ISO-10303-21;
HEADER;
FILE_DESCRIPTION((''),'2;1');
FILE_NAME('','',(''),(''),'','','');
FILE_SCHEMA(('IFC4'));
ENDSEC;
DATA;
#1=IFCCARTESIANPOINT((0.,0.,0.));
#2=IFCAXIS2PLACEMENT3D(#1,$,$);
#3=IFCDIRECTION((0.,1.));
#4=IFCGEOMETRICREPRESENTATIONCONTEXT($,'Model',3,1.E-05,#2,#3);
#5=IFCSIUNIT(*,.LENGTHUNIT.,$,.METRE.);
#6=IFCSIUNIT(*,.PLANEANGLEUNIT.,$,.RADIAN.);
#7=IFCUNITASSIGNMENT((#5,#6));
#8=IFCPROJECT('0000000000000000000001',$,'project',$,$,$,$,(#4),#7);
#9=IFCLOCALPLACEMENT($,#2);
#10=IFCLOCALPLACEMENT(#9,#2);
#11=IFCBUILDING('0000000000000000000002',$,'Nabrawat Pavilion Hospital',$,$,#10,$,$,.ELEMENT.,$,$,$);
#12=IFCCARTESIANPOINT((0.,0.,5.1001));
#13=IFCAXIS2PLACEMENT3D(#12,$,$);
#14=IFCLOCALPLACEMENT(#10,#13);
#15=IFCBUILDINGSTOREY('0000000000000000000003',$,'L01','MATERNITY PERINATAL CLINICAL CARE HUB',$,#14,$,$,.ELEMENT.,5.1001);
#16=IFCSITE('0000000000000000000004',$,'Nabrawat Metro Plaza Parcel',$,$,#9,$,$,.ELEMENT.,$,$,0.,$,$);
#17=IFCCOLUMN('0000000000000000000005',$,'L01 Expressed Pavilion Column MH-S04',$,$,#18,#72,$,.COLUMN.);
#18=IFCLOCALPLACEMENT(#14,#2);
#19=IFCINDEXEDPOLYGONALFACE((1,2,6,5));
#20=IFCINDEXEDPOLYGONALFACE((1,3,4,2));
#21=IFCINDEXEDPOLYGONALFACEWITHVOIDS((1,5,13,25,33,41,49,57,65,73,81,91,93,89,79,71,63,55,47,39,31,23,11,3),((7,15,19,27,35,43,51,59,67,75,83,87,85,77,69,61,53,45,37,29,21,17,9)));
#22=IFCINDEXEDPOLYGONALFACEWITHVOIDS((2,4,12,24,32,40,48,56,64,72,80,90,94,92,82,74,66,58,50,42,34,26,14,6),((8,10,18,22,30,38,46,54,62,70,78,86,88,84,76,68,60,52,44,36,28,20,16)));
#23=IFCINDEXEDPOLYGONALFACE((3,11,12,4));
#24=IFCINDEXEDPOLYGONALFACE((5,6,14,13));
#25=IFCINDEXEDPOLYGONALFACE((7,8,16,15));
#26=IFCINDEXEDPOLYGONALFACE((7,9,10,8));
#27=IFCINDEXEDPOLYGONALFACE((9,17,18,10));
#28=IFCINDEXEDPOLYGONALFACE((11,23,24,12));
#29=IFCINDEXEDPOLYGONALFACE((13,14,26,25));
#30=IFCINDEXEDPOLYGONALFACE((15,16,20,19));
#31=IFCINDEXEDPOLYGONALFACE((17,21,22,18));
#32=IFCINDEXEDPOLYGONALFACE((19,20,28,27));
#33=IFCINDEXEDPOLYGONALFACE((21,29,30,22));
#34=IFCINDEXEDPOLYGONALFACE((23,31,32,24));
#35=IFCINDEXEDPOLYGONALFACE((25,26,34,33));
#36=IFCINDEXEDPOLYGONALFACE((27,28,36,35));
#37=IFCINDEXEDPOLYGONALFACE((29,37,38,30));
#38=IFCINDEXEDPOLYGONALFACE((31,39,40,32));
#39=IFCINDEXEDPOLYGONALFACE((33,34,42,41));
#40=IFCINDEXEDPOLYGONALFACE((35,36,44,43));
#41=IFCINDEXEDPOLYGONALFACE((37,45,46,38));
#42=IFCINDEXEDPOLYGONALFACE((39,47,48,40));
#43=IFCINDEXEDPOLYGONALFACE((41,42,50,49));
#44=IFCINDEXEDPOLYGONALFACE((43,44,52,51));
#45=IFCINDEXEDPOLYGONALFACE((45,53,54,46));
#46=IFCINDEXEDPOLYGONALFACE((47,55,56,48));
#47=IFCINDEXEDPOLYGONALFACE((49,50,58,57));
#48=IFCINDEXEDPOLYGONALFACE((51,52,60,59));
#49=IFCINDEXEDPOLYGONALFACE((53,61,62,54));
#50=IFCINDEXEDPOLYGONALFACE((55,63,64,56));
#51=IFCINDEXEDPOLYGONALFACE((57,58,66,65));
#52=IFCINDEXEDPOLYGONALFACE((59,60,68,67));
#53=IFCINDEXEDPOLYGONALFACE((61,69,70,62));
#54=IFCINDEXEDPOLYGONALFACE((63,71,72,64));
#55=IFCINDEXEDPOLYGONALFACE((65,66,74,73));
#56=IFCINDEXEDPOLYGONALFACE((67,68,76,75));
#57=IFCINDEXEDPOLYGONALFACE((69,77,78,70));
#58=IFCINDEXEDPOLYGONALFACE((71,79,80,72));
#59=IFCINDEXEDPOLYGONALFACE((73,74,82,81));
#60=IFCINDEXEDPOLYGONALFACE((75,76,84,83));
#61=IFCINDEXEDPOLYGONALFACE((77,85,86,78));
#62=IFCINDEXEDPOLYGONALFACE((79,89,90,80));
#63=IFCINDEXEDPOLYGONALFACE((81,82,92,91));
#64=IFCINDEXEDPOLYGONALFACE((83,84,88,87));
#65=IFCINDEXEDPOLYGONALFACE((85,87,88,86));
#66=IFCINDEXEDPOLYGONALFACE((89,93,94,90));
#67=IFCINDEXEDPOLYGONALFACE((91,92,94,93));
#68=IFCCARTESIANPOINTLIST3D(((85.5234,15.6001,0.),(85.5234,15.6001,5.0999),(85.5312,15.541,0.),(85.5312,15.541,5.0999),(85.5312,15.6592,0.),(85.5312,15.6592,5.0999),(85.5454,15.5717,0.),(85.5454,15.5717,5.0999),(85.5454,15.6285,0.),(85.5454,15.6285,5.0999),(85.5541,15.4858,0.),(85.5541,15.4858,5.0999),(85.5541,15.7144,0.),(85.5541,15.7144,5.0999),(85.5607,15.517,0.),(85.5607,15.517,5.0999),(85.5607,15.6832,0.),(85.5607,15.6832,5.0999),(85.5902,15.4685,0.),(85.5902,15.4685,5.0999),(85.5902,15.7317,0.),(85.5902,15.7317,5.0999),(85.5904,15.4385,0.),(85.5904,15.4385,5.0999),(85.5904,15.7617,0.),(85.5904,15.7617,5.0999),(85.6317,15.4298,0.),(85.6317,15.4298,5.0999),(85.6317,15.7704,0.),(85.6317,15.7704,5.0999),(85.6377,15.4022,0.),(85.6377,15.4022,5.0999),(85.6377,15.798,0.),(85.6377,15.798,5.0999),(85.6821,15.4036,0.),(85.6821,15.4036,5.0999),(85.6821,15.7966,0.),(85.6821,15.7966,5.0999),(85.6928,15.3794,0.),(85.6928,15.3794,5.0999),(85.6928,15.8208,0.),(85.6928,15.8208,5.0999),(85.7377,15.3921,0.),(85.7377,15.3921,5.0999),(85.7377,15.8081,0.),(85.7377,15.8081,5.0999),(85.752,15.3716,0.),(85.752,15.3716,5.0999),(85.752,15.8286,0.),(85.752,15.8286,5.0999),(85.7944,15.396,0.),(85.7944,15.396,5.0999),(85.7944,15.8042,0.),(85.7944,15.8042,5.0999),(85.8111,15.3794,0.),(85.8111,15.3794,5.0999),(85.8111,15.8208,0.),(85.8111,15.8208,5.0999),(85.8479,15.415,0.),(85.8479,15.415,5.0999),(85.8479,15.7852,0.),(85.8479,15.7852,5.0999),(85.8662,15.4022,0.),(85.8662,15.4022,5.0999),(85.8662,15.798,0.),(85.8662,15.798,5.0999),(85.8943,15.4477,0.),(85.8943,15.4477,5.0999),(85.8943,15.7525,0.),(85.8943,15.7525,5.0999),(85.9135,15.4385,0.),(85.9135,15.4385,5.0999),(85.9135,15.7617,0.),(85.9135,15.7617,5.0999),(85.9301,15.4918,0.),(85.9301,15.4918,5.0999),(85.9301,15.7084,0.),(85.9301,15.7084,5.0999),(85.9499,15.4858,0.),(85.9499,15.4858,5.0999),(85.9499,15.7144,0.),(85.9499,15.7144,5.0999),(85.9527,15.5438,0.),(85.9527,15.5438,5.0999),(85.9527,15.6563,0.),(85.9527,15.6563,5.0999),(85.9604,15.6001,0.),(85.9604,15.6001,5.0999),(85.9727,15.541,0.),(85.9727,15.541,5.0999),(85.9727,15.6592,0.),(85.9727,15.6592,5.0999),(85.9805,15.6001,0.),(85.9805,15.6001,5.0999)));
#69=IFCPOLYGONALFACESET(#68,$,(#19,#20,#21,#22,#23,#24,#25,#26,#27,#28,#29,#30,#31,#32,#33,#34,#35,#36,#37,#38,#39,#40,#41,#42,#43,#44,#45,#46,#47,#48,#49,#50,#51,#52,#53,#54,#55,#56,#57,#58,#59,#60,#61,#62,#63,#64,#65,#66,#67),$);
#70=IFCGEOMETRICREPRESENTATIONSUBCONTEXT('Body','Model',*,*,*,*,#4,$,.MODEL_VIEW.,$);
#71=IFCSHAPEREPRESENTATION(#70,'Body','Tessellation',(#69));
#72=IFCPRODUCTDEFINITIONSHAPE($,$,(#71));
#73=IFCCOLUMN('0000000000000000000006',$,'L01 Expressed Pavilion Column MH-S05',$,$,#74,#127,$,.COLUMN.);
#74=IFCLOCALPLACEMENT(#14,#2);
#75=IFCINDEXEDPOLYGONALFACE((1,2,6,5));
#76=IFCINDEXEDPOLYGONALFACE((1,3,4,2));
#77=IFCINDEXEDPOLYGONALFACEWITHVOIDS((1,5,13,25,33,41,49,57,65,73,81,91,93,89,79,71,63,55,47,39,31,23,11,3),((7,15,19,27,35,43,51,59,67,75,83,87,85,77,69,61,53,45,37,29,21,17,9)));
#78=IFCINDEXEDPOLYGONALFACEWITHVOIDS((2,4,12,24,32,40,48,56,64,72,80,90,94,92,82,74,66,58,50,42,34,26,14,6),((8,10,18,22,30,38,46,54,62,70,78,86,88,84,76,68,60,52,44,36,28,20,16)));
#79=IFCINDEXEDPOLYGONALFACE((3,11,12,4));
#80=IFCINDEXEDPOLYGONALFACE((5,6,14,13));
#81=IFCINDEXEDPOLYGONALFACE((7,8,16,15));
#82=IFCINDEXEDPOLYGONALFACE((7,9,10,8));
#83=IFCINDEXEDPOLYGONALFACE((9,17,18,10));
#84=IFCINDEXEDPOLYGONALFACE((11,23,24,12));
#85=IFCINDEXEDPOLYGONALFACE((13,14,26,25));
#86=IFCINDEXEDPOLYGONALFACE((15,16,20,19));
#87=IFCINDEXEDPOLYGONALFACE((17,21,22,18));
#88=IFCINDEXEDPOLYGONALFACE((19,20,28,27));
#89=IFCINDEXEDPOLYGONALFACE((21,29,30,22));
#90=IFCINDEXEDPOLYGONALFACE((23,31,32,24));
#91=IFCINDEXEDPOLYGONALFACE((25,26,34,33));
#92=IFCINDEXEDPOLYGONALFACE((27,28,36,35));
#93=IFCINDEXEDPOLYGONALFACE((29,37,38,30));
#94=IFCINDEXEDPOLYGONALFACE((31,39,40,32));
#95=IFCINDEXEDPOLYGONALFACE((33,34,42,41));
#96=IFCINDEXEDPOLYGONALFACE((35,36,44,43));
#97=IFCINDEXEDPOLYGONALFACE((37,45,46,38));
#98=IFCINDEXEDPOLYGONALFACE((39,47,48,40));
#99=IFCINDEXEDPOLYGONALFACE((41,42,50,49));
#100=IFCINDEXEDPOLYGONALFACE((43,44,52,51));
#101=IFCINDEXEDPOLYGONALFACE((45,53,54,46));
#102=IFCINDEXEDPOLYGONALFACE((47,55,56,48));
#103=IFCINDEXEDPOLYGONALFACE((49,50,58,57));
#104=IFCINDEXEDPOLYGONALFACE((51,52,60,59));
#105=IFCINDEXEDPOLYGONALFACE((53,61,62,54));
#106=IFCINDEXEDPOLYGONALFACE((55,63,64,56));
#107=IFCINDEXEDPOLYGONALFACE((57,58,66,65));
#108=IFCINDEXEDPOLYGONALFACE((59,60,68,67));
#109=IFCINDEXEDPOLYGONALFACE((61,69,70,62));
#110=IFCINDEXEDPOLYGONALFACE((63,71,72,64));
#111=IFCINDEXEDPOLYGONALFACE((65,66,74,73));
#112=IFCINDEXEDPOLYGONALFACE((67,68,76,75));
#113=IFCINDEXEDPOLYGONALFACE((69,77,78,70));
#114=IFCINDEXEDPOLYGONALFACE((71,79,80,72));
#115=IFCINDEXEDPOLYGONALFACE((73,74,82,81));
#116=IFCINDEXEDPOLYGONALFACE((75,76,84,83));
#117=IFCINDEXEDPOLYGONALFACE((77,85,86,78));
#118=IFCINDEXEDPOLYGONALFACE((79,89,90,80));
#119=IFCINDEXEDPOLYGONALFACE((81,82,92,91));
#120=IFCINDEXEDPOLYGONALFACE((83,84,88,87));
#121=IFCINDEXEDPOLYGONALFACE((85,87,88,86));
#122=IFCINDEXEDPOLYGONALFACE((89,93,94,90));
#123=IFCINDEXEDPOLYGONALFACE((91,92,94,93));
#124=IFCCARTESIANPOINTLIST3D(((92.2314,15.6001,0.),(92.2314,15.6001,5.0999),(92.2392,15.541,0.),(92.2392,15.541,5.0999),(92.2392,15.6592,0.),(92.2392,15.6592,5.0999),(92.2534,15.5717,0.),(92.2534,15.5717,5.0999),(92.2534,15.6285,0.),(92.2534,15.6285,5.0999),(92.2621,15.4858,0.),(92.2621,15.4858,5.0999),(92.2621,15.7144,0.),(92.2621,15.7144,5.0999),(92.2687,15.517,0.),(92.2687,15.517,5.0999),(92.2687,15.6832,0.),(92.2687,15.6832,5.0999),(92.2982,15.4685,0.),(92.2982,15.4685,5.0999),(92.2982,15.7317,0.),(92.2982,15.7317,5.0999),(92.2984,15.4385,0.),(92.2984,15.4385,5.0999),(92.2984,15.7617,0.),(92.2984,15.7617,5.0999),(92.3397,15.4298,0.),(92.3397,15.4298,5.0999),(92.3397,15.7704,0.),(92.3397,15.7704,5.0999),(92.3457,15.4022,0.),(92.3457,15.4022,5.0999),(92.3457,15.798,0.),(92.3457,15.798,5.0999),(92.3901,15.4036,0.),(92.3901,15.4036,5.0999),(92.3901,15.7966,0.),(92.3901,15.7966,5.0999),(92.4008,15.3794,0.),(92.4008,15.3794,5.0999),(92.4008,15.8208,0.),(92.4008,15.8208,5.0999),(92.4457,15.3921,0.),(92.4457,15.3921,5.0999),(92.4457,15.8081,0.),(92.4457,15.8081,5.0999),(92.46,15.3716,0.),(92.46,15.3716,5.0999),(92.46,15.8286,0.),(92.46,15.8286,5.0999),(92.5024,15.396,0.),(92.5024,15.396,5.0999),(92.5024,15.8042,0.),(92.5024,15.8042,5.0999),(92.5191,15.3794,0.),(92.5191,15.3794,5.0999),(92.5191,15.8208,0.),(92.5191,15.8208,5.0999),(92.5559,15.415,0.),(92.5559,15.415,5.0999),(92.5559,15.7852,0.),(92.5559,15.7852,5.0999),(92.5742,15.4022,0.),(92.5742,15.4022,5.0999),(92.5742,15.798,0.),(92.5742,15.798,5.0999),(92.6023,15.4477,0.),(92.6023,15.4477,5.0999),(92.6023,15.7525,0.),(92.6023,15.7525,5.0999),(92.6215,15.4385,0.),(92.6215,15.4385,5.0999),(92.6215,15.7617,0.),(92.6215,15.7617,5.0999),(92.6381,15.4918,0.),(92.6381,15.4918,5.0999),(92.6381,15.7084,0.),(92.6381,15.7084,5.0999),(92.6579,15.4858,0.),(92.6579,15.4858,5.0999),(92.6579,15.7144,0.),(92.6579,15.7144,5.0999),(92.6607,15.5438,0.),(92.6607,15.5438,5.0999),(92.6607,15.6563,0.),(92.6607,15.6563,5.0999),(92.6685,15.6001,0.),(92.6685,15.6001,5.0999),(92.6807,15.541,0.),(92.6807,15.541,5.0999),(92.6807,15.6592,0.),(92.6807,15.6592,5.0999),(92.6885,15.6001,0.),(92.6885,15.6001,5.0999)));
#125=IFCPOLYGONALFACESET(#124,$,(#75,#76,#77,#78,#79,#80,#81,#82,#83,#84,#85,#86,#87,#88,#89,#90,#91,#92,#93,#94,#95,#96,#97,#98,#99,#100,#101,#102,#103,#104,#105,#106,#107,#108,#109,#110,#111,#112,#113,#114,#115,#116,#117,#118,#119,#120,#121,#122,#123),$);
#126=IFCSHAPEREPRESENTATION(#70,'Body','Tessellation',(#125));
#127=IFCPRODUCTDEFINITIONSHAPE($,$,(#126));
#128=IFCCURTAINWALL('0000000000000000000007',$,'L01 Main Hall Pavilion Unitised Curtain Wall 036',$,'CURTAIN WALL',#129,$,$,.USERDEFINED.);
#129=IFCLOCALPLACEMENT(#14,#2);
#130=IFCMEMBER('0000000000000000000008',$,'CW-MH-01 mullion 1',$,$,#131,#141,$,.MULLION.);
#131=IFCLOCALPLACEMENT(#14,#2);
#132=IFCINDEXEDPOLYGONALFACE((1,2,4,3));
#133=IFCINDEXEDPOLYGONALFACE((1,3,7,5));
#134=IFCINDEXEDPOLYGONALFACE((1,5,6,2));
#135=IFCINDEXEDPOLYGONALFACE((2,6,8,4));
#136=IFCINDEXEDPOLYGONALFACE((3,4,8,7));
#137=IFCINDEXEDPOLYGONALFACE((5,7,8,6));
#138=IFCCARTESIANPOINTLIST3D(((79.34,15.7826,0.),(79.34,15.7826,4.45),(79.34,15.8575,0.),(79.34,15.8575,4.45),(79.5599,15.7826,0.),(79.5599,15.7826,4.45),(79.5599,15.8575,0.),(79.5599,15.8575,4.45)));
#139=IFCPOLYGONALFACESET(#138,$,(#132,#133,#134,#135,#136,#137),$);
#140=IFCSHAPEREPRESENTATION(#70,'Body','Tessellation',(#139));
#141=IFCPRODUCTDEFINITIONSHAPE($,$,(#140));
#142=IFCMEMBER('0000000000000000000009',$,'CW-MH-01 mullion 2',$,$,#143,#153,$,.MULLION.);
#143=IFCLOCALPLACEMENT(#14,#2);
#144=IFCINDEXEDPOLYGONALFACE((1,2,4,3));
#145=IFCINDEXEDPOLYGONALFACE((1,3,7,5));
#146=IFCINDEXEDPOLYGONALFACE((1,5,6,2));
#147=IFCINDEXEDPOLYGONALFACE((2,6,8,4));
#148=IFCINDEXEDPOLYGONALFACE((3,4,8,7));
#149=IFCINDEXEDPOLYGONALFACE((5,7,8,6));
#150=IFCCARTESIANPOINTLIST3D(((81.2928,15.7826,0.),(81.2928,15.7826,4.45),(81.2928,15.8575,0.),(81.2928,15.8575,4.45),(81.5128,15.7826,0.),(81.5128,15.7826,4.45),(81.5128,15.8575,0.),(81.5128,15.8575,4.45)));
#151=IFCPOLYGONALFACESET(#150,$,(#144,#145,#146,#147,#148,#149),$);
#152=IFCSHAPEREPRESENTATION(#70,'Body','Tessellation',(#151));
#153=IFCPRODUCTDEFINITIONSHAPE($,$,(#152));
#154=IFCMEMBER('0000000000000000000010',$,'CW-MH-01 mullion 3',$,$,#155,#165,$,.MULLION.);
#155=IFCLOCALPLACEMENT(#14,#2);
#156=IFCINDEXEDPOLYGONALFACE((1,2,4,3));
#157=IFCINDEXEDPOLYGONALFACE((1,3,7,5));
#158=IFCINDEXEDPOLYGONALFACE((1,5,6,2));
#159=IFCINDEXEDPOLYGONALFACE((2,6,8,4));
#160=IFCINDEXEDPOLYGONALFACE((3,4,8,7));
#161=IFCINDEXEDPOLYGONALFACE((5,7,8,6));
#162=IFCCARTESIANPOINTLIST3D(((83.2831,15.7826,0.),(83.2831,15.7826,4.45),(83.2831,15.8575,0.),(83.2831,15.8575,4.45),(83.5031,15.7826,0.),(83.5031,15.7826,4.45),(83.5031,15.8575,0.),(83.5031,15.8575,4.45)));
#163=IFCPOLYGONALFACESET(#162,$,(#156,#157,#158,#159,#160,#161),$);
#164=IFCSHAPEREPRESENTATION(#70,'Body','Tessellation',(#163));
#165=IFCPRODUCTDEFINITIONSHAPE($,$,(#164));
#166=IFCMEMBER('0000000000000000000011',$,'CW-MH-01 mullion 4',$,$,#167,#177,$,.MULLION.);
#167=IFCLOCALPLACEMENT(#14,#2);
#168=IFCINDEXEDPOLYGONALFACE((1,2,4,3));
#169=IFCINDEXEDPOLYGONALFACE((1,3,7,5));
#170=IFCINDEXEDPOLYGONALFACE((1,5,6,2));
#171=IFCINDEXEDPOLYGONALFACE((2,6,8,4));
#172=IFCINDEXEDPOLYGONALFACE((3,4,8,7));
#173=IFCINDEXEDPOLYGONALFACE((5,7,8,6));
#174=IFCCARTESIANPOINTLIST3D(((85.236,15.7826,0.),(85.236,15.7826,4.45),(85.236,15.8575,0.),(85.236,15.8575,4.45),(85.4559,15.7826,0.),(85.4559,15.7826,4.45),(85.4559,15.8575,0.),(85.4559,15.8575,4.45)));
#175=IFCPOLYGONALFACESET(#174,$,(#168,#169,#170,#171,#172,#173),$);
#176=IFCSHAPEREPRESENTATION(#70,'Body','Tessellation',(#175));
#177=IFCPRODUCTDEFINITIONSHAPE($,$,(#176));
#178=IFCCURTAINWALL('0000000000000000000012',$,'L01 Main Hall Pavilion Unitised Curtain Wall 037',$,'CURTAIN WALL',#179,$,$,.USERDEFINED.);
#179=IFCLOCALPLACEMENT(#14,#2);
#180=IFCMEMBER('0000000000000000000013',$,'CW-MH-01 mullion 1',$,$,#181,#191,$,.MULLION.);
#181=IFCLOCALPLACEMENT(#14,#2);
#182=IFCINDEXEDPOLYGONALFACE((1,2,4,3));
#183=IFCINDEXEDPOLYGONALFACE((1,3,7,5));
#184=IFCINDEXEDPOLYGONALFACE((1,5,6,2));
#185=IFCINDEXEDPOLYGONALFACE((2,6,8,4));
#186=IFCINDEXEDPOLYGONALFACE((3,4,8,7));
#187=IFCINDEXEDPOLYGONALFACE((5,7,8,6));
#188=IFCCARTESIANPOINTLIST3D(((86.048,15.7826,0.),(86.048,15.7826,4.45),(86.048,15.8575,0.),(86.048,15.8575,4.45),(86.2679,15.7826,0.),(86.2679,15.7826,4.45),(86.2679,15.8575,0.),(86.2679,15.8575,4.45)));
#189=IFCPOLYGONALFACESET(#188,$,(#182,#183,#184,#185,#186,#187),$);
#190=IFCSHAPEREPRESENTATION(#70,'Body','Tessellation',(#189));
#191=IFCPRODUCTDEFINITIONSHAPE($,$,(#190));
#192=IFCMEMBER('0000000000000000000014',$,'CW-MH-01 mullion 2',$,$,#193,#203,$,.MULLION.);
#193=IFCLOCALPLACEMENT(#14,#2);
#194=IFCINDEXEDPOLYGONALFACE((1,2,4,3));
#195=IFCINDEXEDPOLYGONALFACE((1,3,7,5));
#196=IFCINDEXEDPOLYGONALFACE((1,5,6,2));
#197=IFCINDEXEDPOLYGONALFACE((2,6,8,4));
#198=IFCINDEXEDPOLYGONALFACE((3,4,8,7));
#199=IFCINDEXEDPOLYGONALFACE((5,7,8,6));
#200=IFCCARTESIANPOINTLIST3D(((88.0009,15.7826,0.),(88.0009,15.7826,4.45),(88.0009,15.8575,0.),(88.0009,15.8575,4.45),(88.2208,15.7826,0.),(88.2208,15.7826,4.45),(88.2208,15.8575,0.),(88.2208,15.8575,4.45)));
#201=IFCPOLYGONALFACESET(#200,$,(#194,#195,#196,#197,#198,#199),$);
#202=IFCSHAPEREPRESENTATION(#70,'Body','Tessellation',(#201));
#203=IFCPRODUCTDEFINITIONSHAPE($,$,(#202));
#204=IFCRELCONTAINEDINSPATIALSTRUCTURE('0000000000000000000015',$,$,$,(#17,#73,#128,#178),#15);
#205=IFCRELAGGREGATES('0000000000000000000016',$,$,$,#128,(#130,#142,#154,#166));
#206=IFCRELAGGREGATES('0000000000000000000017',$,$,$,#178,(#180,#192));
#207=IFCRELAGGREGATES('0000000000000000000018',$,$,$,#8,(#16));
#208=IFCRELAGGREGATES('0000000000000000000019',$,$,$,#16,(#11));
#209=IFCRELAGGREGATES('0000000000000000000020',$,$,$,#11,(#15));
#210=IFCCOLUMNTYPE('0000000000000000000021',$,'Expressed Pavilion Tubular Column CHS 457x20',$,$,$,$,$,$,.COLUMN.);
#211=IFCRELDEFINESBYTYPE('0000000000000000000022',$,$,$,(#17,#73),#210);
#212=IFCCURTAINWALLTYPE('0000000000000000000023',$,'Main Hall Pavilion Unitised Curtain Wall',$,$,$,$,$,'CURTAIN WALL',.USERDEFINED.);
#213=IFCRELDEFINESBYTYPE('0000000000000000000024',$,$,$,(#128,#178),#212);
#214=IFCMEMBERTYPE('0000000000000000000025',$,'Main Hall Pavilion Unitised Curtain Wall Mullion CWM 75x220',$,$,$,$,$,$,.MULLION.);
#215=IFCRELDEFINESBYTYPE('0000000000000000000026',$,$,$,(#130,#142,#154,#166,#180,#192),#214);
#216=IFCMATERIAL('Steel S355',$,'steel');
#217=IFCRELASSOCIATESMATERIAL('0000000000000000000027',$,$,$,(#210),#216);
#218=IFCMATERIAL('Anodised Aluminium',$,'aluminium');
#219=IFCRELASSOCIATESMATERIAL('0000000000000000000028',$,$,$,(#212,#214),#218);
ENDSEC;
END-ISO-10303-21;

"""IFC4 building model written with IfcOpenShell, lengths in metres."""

from ifc_helpers import new_model, si_unit, direction, frame, origin, origin_2d, place, context, subcontext, project, spatial, rectangle, hollow_circle, extrude, material, material_profile, profile_set, type_object, element, aggregate, save


model = new_model("IFC4")

# Units and contexts
model_context = context("Model", 3, precision=1e-05, world=origin(), true_north=direction((0.0, 1.0)))
body_context = subcontext(model_context, "Body", "Model", "MODEL_VIEW")
ifc_project = project(units=[si_unit("LENGTHUNIT", "METRE"), si_unit("PLANEANGLEUNIT", "RADIAN")], contexts=[model_context])

# Site, building, storey
site_placement = place(None, origin())
site = spatial("IfcSite", under=ifc_project, at=site_placement, Name="Nabrawat Metro Plaza Parcel", CompositionType="ELEMENT", RefElevation=0.0)
building_placement = place(site_placement, origin())
building = spatial("IfcBuilding", under=site, at=building_placement, Name="Nabrawat Pavilion Hospital", CompositionType="ELEMENT")
storey_placement = place(building_placement, frame((0.0, 0.0, 5.1001)))
storey = spatial("IfcBuildingStorey", under=building, at=storey_placement, Name="L01", Description="MATERNITY PERINATAL CLINICAL CARE HUB", CompositionType="ELEMENT", Elevation=5.1001)

# Columns
ifc_material_1 = material(Name="Steel S355", Category="steel")
ifc_material_profile_1 = material_profile(ifc_material_1, hollow_circle(Radius=0.2285, WallThickness=0.02, at=origin_2d()), Name="CHS 457x20")
ifc_profile_set_1 = profile_set([ifc_material_profile_1], Name="Steel S355")
column_type = type_object("IfcColumnType", Name="Expressed Pavilion Tubular Column CHS 457x20", PredefinedType="COLUMN", material=ifc_profile_set_1)
for number, where, z_axis, x_axis, name in (
    (1, (85.752, 15.6001, 0.0), (0.0, 0.0, 1.0), (1.0, 0.0, 0.0), "L01 Expressed Pavilion Column MH-S04"),
    (2, (92.46, 15.6001, 0.0), (0.0, 0.0, 1.0), (1.0, 0.0, 0.0), "L01 Expressed Pavilion Column MH-S05"),
):
    element("IfcColumn", number, at=place(storey_placement, frame(where, z_axis=z_axis, x_axis=x_axis)), inside=storey, type_object=column_type, Name=name, PredefinedType="COLUMN", context=body_context, shape_type="SweptSolid", body=[
        extrude(hollow_circle(Radius=0.2285, WallThickness=0.02, at=origin_2d()), origin(), (0.0, 0.0, 1.0), 5.0999),
    ])

# Curtain walls, members
ifc_material_2 = material(Name="Anodised Aluminium", Category="aluminium")
curtain_wall_type = type_object("IfcCurtainWallType", Name="Main Hall Pavilion Unitised Curtain Wall", ElementType="CURTAIN WALL", PredefinedType="USERDEFINED", material=ifc_material_2)
curtain_wall_1_placement = place(storey_placement, origin())
curtain_wall_1 = element("IfcCurtainWall", 3, at=curtain_wall_1_placement, inside=storey, type_object=curtain_wall_type, Name="L01 Main Hall Pavilion Unitised Curtain Wall 036", ObjectType="CURTAIN WALL", PredefinedType="USERDEFINED")
ifc_material_profile_2 = material_profile(ifc_material_2, rectangle(XDim=0.075, YDim=0.22, at=origin_2d()), Name="CWM 75x220")
ifc_profile_set_2 = profile_set([ifc_material_profile_2], Name="Anodised Aluminium")
member_type_1 = type_object("IfcMemberType", Name="Main Hall Pavilion Unitised Curtain Wall Mullion CWM 75x220", PredefinedType="MULLION", material=ifc_profile_set_2)
member_1_placement = place(storey_placement, frame((79.45, 15.8201, 0.0), z_axis=(0.0, 0.0, 1.0), x_axis=(0.0, 1.0, 0.0)))
member_1 = element("IfcMember", 4, at=member_1_placement, type_object=member_type_1, Name="CW-MH-01 mullion 1", PredefinedType="MULLION", context=body_context, shape_type="SweptSolid", body=[
    extrude(rectangle(XDim=0.075, YDim=0.22, at=origin_2d()), origin(), (0.0, 0.0, 1.0), 4.45),
])
member_2_placement = place(storey_placement, frame((81.4028, 15.8201, 0.0), z_axis=(0.0, 0.0, 1.0), x_axis=(0.0, 1.0, 0.0)))
member_2 = element("IfcMember", 5, at=member_2_placement, type_object=member_type_1, Name="CW-MH-01 mullion 2", PredefinedType="MULLION", context=body_context, shape_type="SweptSolid", body=[
    extrude(rectangle(XDim=0.075, YDim=0.22, at=origin_2d()), origin(), (0.0, 0.0, 1.0), 4.45),
])
member_3_placement = place(storey_placement, frame((83.3931, 15.8201, 0.0), z_axis=(0.0, 0.0, 1.0), x_axis=(0.0, 1.0, 0.0)))
member_3 = element("IfcMember", 6, at=member_3_placement, type_object=member_type_1, Name="CW-MH-01 mullion 3", PredefinedType="MULLION", context=body_context, shape_type="SweptSolid", body=[
    extrude(rectangle(XDim=0.075, YDim=0.22, at=origin_2d()), origin(), (0.0, 0.0, 1.0), 4.45),
])
member_4_placement = place(storey_placement, frame((85.3459, 15.8201, 0.0), z_axis=(0.0, 0.0, 1.0), x_axis=(0.0, 1.0, 0.0)))
member_4 = element("IfcMember", 7, at=member_4_placement, type_object=member_type_1, Name="CW-MH-01 mullion 4", PredefinedType="MULLION", context=body_context, shape_type="SweptSolid", body=[
    extrude(rectangle(XDim=0.075, YDim=0.22, at=origin_2d()), origin(), (0.0, 0.0, 1.0), 4.45),
])
curtain_wall_2_placement = place(storey_placement, origin())
curtain_wall_2 = element("IfcCurtainWall", 8, at=curtain_wall_2_placement, inside=storey, type_object=curtain_wall_type, Name="L01 Main Hall Pavilion Unitised Curtain Wall 037", ObjectType="CURTAIN WALL", PredefinedType="USERDEFINED")
member_5_placement = place(storey_placement, frame((86.158, 15.8201, 0.0), z_axis=(0.0, 0.0, 1.0), x_axis=(0.0, 1.0, 0.0)))
member_5 = element("IfcMember", 9, at=member_5_placement, type_object=member_type_1, Name="CW-MH-01 mullion 1", PredefinedType="MULLION", context=body_context, shape_type="SweptSolid", body=[
    extrude(rectangle(XDim=0.075, YDim=0.22, at=origin_2d()), origin(), (0.0, 0.0, 1.0), 4.45),
])
member_6_placement = place(storey_placement, frame((88.1108, 15.8201, 0.0), z_axis=(0.0, 0.0, 1.0), x_axis=(0.0, 1.0, 0.0)))
member_6 = element("IfcMember", 10, at=member_6_placement, type_object=member_type_1, Name="CW-MH-01 mullion 2", PredefinedType="MULLION", context=body_context, shape_type="SweptSolid", body=[
    extrude(rectangle(XDim=0.075, YDim=0.22, at=origin_2d()), origin(), (0.0, 0.0, 1.0), 4.45),
])

aggregate(curtain_wall_1, [member_1, member_2, member_3, member_4])
aggregate(curtain_wall_2, [member_5, member_6])

save(model, "model.ifc")
